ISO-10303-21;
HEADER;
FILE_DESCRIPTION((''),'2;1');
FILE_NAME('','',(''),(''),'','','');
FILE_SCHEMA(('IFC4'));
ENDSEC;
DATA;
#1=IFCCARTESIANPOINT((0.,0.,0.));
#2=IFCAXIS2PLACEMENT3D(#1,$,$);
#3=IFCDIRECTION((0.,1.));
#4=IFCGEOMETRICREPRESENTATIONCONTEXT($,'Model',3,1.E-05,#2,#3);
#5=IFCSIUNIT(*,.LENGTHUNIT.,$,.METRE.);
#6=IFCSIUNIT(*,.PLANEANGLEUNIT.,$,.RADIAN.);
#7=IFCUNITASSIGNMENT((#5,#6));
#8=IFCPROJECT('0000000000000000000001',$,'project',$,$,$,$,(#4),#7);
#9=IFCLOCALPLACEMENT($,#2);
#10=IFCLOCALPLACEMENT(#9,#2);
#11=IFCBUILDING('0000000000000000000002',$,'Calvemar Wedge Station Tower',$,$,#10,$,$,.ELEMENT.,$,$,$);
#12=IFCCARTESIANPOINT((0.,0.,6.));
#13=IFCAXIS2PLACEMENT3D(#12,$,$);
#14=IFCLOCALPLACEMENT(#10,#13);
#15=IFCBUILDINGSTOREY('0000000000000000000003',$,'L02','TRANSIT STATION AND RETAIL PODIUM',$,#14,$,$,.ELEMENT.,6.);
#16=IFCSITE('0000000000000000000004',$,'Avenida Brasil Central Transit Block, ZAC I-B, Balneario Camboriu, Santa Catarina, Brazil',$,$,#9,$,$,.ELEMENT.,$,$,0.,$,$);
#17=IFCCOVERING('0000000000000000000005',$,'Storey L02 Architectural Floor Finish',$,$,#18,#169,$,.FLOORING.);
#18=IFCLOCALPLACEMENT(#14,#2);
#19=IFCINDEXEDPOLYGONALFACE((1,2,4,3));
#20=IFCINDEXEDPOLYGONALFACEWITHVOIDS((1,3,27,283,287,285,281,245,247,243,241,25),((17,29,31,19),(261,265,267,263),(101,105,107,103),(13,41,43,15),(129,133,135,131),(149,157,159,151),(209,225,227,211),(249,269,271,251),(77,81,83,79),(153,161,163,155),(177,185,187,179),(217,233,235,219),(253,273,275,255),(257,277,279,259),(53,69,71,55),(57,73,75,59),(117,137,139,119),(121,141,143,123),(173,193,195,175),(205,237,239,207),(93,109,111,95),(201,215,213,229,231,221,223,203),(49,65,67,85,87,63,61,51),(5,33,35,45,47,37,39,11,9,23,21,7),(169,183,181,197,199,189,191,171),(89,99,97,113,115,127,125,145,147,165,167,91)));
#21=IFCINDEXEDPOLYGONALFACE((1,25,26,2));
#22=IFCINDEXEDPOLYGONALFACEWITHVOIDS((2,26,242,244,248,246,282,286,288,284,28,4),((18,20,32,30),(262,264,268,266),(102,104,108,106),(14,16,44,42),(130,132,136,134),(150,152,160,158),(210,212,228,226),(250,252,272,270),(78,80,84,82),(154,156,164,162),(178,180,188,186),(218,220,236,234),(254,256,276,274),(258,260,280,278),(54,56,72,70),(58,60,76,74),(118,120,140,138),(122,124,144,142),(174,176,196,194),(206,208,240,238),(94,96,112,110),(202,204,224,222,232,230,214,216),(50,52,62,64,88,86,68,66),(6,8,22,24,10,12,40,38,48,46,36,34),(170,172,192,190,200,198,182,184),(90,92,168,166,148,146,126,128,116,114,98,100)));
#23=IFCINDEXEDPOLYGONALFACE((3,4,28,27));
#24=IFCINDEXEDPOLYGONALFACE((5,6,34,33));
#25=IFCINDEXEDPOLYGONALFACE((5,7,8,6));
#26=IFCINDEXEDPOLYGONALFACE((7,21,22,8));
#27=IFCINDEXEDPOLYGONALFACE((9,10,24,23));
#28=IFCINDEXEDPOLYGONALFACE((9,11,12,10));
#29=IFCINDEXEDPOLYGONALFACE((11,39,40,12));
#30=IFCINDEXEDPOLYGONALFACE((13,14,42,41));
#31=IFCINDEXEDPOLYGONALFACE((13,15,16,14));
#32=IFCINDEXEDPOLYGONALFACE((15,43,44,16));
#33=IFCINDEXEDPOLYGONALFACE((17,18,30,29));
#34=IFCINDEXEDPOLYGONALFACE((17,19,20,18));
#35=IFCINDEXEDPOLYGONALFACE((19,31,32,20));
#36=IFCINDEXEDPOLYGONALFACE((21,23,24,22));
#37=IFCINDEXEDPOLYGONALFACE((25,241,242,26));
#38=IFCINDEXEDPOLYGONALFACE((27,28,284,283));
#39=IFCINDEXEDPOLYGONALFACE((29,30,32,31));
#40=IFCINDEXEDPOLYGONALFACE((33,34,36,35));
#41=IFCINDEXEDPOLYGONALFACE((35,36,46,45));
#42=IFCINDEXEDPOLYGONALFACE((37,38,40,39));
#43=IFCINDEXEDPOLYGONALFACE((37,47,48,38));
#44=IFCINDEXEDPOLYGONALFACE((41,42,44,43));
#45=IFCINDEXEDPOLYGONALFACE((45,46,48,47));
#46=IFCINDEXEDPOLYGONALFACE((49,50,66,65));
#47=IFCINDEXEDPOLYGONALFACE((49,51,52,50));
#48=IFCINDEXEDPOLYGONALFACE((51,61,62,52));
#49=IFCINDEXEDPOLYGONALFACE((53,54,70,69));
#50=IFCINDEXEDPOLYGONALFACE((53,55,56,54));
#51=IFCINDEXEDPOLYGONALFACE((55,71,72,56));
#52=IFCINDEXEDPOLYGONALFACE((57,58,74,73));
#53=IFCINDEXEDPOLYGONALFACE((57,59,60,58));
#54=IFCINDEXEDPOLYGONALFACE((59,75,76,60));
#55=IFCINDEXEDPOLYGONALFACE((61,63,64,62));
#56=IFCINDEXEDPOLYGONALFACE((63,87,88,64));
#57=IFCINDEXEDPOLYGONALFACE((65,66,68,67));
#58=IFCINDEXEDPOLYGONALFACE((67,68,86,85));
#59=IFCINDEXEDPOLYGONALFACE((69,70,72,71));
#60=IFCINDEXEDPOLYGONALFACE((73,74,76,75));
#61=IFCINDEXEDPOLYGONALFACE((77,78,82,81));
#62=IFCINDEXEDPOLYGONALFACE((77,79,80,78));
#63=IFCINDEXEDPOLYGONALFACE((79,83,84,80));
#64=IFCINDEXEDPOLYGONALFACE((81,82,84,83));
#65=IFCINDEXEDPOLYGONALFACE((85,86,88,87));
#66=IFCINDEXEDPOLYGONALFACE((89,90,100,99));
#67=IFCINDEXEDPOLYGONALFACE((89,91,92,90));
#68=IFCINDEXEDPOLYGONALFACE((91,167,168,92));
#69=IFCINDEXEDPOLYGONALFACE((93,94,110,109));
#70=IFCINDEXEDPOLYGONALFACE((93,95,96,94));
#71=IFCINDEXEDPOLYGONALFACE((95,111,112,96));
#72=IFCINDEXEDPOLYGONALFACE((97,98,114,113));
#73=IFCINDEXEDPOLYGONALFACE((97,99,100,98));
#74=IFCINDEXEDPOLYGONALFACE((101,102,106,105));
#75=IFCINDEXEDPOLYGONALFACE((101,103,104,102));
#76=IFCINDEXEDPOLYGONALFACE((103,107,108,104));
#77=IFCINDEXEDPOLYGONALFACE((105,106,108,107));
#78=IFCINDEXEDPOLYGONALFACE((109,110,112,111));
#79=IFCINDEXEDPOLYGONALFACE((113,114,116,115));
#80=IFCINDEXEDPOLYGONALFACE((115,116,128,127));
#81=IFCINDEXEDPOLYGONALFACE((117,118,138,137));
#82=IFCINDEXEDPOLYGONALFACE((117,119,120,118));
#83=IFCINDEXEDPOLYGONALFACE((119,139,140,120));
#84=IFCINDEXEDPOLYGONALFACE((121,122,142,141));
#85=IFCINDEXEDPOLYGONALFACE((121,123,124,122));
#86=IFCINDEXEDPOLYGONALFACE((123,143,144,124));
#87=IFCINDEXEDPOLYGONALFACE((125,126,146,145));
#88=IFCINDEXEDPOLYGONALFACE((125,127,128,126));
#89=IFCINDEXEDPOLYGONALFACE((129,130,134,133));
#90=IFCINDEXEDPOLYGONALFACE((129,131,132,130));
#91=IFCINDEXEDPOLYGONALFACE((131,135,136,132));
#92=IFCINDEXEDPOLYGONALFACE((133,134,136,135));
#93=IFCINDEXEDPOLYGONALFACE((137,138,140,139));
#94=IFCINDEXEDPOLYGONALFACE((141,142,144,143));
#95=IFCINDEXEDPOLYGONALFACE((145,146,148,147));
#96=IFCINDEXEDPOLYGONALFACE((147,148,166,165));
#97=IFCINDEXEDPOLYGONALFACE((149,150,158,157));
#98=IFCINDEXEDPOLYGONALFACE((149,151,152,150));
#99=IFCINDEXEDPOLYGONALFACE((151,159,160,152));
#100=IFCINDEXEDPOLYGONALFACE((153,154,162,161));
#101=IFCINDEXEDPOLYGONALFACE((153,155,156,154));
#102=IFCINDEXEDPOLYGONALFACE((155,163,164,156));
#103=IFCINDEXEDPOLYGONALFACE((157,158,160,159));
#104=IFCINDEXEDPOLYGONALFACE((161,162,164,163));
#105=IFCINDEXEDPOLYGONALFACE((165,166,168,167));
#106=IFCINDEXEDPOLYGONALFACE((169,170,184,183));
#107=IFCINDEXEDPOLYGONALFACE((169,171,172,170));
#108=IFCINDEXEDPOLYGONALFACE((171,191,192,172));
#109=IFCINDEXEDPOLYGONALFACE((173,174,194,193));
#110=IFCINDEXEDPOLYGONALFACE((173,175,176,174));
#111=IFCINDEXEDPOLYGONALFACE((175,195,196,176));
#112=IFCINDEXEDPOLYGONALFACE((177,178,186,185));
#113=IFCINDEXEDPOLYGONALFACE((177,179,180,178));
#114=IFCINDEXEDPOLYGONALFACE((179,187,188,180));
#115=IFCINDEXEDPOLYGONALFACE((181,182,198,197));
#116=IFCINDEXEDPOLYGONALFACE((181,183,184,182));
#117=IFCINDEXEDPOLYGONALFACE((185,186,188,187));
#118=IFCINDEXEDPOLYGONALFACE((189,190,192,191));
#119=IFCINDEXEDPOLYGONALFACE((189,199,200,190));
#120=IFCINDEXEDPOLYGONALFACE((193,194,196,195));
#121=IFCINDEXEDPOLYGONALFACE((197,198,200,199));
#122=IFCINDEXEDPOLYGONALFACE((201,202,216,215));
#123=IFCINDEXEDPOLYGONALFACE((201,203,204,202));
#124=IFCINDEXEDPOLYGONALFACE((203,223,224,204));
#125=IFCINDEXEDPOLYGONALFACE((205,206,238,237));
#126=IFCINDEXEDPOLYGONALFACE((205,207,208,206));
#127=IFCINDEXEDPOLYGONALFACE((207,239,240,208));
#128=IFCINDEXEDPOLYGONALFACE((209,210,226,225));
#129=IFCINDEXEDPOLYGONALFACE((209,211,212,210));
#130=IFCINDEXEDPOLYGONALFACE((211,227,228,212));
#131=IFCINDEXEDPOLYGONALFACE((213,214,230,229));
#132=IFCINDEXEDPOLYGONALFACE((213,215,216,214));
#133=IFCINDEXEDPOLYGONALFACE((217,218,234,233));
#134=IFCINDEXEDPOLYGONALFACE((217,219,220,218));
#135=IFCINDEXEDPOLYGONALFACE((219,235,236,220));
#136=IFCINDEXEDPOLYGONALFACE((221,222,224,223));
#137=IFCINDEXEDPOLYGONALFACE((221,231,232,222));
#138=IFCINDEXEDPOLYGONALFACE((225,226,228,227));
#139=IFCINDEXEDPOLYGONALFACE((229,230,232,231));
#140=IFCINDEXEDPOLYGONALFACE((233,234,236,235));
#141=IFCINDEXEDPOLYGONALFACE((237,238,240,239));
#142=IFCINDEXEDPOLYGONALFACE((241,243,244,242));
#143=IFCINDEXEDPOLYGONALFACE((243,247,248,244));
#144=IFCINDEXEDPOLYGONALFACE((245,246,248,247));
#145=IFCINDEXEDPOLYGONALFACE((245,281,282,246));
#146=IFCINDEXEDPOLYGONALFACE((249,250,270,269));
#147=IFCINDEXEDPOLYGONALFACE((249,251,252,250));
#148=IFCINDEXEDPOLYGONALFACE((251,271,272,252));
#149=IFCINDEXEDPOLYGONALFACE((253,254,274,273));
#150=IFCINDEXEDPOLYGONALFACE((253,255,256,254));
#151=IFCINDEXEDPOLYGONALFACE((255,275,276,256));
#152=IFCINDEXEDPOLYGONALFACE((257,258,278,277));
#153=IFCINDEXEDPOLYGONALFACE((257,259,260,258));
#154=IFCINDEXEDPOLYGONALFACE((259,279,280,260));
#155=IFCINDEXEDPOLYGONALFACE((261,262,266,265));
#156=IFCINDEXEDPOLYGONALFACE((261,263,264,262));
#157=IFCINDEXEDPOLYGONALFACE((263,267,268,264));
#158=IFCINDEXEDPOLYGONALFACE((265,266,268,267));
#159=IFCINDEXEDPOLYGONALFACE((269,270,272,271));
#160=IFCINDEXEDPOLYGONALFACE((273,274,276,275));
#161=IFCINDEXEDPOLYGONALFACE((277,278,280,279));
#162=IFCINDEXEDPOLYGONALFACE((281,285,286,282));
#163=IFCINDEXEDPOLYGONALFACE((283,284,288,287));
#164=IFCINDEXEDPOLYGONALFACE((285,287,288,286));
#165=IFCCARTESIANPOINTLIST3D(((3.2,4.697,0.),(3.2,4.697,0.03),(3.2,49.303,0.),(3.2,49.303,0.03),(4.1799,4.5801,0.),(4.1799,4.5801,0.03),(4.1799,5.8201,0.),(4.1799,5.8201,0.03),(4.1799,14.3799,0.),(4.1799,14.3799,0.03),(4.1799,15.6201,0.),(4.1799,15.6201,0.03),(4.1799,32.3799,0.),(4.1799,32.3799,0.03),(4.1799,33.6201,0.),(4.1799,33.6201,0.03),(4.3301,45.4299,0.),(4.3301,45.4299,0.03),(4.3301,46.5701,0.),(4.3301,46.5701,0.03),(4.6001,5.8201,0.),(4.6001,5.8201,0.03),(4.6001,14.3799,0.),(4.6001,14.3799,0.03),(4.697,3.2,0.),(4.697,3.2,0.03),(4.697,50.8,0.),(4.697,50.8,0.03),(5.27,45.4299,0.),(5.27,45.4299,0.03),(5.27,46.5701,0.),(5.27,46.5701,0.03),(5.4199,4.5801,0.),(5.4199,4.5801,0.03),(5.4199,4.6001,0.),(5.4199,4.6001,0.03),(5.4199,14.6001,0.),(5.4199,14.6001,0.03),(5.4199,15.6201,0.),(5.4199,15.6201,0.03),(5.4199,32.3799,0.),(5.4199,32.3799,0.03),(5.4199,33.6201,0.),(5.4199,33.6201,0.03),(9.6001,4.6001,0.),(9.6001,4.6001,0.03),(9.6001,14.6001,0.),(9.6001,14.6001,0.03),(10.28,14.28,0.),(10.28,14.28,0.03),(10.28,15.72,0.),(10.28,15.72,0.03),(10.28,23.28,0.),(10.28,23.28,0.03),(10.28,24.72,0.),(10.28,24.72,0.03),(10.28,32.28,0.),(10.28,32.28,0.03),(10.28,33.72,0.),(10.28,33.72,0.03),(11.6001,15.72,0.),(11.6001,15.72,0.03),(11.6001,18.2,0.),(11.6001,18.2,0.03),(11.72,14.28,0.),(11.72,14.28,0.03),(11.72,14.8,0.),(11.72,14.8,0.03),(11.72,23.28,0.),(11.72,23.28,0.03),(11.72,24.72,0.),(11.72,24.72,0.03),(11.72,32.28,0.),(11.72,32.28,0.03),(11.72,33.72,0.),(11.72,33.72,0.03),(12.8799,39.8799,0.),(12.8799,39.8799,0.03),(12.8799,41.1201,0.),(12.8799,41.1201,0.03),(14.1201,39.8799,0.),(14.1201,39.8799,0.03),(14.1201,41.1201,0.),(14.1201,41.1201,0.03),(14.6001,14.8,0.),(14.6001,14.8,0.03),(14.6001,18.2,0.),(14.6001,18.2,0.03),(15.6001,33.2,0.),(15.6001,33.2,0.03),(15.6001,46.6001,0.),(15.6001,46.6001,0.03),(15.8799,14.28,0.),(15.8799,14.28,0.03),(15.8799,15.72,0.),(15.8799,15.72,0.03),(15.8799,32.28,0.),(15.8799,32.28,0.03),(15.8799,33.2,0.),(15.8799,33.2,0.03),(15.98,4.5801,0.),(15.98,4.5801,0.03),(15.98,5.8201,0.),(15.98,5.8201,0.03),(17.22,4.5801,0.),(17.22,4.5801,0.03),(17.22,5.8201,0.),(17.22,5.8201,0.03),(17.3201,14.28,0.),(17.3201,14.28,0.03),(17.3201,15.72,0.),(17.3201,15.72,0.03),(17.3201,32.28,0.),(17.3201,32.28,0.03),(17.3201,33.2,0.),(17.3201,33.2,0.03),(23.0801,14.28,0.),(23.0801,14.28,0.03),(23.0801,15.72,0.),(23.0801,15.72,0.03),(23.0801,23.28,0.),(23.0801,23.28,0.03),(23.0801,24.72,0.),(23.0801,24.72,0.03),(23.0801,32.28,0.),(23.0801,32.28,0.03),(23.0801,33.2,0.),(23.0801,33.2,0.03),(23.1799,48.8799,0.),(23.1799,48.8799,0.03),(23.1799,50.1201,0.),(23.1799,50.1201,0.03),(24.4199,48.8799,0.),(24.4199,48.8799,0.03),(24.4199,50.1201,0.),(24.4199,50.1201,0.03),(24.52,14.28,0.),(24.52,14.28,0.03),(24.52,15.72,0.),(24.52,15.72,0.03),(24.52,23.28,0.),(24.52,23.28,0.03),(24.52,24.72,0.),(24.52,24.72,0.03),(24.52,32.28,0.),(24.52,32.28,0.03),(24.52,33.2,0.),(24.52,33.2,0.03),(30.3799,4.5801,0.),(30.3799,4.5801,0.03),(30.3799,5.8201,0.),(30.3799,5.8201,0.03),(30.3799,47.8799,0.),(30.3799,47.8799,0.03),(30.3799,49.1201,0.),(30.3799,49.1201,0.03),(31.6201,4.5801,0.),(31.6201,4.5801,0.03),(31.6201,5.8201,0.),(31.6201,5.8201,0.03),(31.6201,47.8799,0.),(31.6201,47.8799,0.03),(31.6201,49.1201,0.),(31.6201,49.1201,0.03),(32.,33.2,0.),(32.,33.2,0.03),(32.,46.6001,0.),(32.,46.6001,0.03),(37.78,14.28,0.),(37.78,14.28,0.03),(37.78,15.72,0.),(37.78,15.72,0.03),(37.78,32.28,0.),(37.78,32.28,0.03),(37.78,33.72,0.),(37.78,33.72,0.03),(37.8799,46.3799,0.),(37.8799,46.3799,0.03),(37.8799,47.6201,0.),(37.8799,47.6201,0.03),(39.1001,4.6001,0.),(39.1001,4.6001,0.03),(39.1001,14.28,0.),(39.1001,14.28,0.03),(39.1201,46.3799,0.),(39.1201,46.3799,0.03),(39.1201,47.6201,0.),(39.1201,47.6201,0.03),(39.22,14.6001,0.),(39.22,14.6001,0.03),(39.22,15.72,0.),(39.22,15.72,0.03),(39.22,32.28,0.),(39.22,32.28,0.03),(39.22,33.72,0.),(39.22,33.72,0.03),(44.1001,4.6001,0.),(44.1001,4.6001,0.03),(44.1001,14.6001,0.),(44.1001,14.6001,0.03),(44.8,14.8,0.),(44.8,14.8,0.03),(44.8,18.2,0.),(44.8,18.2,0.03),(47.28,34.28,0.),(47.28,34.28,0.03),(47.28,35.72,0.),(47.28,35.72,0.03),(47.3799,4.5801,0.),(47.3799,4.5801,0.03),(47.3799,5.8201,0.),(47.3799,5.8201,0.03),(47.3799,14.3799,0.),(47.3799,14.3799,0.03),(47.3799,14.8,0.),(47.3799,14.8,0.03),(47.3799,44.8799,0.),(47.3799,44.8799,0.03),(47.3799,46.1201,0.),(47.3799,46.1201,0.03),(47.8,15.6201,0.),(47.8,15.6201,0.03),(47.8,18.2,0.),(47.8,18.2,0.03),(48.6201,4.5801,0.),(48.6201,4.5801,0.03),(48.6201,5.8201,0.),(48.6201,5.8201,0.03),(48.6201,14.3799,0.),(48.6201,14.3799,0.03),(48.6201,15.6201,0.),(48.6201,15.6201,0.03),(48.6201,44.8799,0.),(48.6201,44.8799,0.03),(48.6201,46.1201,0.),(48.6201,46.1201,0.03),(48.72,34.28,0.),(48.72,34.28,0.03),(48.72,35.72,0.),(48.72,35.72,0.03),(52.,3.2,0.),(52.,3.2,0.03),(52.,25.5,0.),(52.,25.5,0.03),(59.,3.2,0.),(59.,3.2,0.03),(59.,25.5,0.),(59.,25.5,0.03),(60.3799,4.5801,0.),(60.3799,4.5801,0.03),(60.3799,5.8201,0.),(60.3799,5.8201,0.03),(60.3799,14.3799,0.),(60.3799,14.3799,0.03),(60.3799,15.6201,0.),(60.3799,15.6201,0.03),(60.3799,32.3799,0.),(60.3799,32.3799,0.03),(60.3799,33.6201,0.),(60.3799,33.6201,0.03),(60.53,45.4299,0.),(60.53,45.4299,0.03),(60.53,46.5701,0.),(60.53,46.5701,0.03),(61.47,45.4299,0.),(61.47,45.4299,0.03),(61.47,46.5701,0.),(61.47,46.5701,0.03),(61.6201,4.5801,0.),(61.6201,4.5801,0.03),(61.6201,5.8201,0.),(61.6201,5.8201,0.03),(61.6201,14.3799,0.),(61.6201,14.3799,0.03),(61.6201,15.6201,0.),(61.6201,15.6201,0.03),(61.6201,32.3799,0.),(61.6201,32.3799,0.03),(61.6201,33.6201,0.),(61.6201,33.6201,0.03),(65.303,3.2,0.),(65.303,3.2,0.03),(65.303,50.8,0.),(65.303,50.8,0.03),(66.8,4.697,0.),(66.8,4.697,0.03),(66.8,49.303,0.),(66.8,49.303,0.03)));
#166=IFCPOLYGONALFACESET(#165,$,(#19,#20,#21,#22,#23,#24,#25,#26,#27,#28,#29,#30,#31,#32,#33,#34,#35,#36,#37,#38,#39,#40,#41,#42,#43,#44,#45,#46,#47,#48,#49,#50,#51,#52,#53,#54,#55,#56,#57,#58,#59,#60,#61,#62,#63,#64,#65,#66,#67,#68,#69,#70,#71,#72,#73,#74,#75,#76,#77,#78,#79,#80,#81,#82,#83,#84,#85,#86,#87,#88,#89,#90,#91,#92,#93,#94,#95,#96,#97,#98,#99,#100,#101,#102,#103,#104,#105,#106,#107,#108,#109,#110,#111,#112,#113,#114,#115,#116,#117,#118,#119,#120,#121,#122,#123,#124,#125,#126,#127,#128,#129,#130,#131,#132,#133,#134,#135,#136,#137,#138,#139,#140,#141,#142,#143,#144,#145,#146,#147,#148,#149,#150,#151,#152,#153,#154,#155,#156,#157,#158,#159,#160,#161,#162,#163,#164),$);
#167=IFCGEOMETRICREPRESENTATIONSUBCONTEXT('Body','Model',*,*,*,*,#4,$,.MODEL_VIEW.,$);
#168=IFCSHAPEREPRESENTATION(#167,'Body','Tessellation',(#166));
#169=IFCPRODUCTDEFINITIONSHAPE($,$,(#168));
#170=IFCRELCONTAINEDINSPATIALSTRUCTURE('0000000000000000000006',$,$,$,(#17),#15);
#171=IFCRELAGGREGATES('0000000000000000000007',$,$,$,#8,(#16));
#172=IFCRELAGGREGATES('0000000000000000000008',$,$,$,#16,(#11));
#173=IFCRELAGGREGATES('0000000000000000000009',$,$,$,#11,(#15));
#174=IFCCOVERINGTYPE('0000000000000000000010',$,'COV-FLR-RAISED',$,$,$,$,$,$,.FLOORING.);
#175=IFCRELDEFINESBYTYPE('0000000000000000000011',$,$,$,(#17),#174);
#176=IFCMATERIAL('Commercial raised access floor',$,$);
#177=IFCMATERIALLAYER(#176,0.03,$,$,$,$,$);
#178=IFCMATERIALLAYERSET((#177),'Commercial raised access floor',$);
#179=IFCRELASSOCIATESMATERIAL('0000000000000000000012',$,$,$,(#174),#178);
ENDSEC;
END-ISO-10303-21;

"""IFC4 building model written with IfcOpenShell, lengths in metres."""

from ifc_helpers import new_model, si_unit, direction, frame, origin, place, context, subcontext, project, spatial, polyline, outline, extrude, material, layer, layer_set, type_object, element, save


model = new_model("IFC4")

# Units and contexts
model_context = context("Model", 3, precision=1e-05, world=origin(), true_north=direction((0.0, 1.0)))
body_context = subcontext(model_context, "Body", "Model", "MODEL_VIEW")
ifc_project = project(units=[si_unit("LENGTHUNIT", "METRE"), si_unit("PLANEANGLEUNIT", "RADIAN")], contexts=[model_context])

# Site, building, storey
site_placement = place(None, origin())
site = spatial("IfcSite", under=ifc_project, at=site_placement, Name="Avenida Brasil Central Transit Block, ZAC I-B, Balneario Camboriu, Santa Catarina, Brazil", CompositionType="ELEMENT", RefElevation=0.0)
building_placement = place(site_placement, origin())
building = spatial("IfcBuilding", under=site, at=building_placement, Name="Calvemar Wedge Station Tower", CompositionType="ELEMENT")
storey_placement = place(building_placement, frame((0.0, 0.0, 6.0)))
storey = spatial("IfcBuildingStorey", under=building, at=storey_placement, Name="L02", Description="TRANSIT STATION AND RETAIL PODIUM", CompositionType="ELEMENT", Elevation=6.0)

# Covering
ifc_material_1 = material(Name="Commercial raised access floor")
ifc_layer_1 = layer(ifc_material_1, 0.03)
ifc_layer_set_1 = layer_set([ifc_layer_1], Name="Commercial raised access floor")
covering_type_1 = type_object("IfcCoveringType", Name="COV-FLR-RAISED", PredefinedType="FLOORING", material=ifc_layer_set_1)
covering_1_placement = place(storey_placement, origin())
element("IfcCovering", 1, at=covering_1_placement, inside=storey, type_object=covering_type_1, Name="Storey L02 Architectural Floor Finish", PredefinedType="FLOORING", context=body_context, shape_type="SweptSolid", body=[
    extrude(outline(polyline([(65.303, 50.8), (4.697, 50.8), (3.2, 49.303), (3.2, 4.697), (4.697, 3.2), (52.0, 3.2), (52.0, 25.5), (59.0, 25.5), (59.0, 3.2), (65.303, 3.2), (66.8, 4.697), (66.8, 49.303), (65.303, 50.8)]), holes=[polyline([(15.6001, 46.6001), (32.0, 46.6001), (32.0, 33.2), (24.52, 33.2), (24.52, 32.28), (23.0801, 32.28), (23.0801, 33.2), (17.3201, 33.2), (17.3201, 32.28), (15.8799, 32.28), (15.8799, 33.2), (15.6001, 33.2), (15.6001, 46.6001)]), polyline([(4.6001, 14.3799), (4.1799, 14.3799), (4.1799, 15.6201), (5.4199, 15.6201), (5.4199, 14.6001), (9.6001, 14.6001), (9.6001, 4.6001), (5.4199, 4.6001), (5.4199, 4.5801), (4.1799, 4.5801), (4.1799, 5.8201), (4.6001, 5.8201), (4.6001, 14.3799)]), polyline([(39.22, 14.6001), (44.1001, 14.6001), (44.1001, 4.6001), (39.1001, 4.6001), (39.1001, 14.28), (37.78, 14.28), (37.78, 15.72), (39.22, 15.72), (39.22, 14.6001)]), polyline([(11.72, 14.28), (10.28, 14.28), (10.28, 15.72), (11.6001, 15.72), (11.6001, 18.2), (14.6001, 18.2), (14.6001, 14.8), (11.72, 14.8), (11.72, 14.28)]), polyline([(44.8, 14.8), (44.8, 18.2), (47.8, 18.2), (47.8, 15.6201), (48.6201, 15.6201), (48.6201, 14.3799), (47.3799, 14.3799), (47.3799, 14.8), (44.8, 14.8)]), polyline([(15.98, 5.8201), (17.22, 5.8201), (17.22, 4.5801), (15.98, 4.5801), (15.98, 5.8201)]), polyline([(31.6201, 5.8201), (31.6201, 4.5801), (30.3799, 4.5801), (30.3799, 5.8201), (31.6201, 5.8201)]), polyline([(48.6201, 4.5801), (47.3799, 4.5801), (47.3799, 5.8201), (48.6201, 5.8201), (48.6201, 4.5801)]), polyline([(60.3799, 4.5801), (60.3799, 5.8201), (61.6201, 5.8201), (61.6201, 4.5801), (60.3799, 4.5801)]), polyline([(17.3201, 14.28), (15.8799, 14.28), (15.8799, 15.72), (17.3201, 15.72), (17.3201, 14.28)]), polyline([(23.0801, 14.28), (23.0801, 15.72), (24.52, 15.72), (24.52, 14.28), (23.0801, 14.28)]), polyline([(61.6201, 14.3799), (60.3799, 14.3799), (60.3799, 15.6201), (61.6201, 15.6201), (61.6201, 14.3799)]), polyline([(10.28, 23.28), (10.28, 24.72), (11.72, 24.72), (11.72, 23.28), (10.28, 23.28)]), polyline([(23.0801, 24.72), (24.52, 24.72), (24.52, 23.28), (23.0801, 23.28), (23.0801, 24.72)]), polyline([(5.4199, 33.6201), (5.4199, 32.3799), (4.1799, 32.3799), (4.1799, 33.6201), (5.4199, 33.6201)]), polyline([(11.72, 32.28), (10.28, 32.28), (10.28, 33.72), (11.72, 33.72), (11.72, 32.28)]), polyline([(39.22, 33.72), (39.22, 32.28), (37.78, 32.28), (37.78, 33.72), (39.22, 33.72)]), polyline([(48.72, 34.28), (47.28, 34.28), (47.28, 35.72), (48.72, 35.72), (48.72, 34.28)]), polyline([(60.3799, 32.3799), (60.3799, 33.6201), (61.6201, 33.6201), (61.6201, 32.3799), (60.3799, 32.3799)]), polyline([(4.3301, 46.5701), (5.27, 46.5701), (5.27, 45.4299), (4.3301, 45.4299), (4.3301, 46.5701)]), polyline([(14.1201, 41.1201), (14.1201, 39.8799), (12.8799, 39.8799), (12.8799, 41.1201), (14.1201, 41.1201)]), polyline([(24.4199, 48.8799), (23.1799, 48.8799), (23.1799, 50.1201), (24.4199, 50.1201), (24.4199, 48.8799)]), polyline([(30.3799, 47.8799), (30.3799, 49.1201), (31.6201, 49.1201), (31.6201, 47.8799), (30.3799, 47.8799)]), polyline([(37.8799, 47.6201), (39.1201, 47.6201), (39.1201, 46.3799), (37.8799, 46.3799), (37.8799, 47.6201)]), polyline([(48.6201, 46.1201), (48.6201, 44.8799), (47.3799, 44.8799), (47.3799, 46.1201), (48.6201, 46.1201)]), polyline([(61.47, 45.4299), (60.53, 45.4299), (60.53, 46.5701), (61.47, 46.5701), (61.47, 45.4299)])]), origin(), (0.0, 0.0, 1.0), 0.03),
])

save(model, "model.ifc")
